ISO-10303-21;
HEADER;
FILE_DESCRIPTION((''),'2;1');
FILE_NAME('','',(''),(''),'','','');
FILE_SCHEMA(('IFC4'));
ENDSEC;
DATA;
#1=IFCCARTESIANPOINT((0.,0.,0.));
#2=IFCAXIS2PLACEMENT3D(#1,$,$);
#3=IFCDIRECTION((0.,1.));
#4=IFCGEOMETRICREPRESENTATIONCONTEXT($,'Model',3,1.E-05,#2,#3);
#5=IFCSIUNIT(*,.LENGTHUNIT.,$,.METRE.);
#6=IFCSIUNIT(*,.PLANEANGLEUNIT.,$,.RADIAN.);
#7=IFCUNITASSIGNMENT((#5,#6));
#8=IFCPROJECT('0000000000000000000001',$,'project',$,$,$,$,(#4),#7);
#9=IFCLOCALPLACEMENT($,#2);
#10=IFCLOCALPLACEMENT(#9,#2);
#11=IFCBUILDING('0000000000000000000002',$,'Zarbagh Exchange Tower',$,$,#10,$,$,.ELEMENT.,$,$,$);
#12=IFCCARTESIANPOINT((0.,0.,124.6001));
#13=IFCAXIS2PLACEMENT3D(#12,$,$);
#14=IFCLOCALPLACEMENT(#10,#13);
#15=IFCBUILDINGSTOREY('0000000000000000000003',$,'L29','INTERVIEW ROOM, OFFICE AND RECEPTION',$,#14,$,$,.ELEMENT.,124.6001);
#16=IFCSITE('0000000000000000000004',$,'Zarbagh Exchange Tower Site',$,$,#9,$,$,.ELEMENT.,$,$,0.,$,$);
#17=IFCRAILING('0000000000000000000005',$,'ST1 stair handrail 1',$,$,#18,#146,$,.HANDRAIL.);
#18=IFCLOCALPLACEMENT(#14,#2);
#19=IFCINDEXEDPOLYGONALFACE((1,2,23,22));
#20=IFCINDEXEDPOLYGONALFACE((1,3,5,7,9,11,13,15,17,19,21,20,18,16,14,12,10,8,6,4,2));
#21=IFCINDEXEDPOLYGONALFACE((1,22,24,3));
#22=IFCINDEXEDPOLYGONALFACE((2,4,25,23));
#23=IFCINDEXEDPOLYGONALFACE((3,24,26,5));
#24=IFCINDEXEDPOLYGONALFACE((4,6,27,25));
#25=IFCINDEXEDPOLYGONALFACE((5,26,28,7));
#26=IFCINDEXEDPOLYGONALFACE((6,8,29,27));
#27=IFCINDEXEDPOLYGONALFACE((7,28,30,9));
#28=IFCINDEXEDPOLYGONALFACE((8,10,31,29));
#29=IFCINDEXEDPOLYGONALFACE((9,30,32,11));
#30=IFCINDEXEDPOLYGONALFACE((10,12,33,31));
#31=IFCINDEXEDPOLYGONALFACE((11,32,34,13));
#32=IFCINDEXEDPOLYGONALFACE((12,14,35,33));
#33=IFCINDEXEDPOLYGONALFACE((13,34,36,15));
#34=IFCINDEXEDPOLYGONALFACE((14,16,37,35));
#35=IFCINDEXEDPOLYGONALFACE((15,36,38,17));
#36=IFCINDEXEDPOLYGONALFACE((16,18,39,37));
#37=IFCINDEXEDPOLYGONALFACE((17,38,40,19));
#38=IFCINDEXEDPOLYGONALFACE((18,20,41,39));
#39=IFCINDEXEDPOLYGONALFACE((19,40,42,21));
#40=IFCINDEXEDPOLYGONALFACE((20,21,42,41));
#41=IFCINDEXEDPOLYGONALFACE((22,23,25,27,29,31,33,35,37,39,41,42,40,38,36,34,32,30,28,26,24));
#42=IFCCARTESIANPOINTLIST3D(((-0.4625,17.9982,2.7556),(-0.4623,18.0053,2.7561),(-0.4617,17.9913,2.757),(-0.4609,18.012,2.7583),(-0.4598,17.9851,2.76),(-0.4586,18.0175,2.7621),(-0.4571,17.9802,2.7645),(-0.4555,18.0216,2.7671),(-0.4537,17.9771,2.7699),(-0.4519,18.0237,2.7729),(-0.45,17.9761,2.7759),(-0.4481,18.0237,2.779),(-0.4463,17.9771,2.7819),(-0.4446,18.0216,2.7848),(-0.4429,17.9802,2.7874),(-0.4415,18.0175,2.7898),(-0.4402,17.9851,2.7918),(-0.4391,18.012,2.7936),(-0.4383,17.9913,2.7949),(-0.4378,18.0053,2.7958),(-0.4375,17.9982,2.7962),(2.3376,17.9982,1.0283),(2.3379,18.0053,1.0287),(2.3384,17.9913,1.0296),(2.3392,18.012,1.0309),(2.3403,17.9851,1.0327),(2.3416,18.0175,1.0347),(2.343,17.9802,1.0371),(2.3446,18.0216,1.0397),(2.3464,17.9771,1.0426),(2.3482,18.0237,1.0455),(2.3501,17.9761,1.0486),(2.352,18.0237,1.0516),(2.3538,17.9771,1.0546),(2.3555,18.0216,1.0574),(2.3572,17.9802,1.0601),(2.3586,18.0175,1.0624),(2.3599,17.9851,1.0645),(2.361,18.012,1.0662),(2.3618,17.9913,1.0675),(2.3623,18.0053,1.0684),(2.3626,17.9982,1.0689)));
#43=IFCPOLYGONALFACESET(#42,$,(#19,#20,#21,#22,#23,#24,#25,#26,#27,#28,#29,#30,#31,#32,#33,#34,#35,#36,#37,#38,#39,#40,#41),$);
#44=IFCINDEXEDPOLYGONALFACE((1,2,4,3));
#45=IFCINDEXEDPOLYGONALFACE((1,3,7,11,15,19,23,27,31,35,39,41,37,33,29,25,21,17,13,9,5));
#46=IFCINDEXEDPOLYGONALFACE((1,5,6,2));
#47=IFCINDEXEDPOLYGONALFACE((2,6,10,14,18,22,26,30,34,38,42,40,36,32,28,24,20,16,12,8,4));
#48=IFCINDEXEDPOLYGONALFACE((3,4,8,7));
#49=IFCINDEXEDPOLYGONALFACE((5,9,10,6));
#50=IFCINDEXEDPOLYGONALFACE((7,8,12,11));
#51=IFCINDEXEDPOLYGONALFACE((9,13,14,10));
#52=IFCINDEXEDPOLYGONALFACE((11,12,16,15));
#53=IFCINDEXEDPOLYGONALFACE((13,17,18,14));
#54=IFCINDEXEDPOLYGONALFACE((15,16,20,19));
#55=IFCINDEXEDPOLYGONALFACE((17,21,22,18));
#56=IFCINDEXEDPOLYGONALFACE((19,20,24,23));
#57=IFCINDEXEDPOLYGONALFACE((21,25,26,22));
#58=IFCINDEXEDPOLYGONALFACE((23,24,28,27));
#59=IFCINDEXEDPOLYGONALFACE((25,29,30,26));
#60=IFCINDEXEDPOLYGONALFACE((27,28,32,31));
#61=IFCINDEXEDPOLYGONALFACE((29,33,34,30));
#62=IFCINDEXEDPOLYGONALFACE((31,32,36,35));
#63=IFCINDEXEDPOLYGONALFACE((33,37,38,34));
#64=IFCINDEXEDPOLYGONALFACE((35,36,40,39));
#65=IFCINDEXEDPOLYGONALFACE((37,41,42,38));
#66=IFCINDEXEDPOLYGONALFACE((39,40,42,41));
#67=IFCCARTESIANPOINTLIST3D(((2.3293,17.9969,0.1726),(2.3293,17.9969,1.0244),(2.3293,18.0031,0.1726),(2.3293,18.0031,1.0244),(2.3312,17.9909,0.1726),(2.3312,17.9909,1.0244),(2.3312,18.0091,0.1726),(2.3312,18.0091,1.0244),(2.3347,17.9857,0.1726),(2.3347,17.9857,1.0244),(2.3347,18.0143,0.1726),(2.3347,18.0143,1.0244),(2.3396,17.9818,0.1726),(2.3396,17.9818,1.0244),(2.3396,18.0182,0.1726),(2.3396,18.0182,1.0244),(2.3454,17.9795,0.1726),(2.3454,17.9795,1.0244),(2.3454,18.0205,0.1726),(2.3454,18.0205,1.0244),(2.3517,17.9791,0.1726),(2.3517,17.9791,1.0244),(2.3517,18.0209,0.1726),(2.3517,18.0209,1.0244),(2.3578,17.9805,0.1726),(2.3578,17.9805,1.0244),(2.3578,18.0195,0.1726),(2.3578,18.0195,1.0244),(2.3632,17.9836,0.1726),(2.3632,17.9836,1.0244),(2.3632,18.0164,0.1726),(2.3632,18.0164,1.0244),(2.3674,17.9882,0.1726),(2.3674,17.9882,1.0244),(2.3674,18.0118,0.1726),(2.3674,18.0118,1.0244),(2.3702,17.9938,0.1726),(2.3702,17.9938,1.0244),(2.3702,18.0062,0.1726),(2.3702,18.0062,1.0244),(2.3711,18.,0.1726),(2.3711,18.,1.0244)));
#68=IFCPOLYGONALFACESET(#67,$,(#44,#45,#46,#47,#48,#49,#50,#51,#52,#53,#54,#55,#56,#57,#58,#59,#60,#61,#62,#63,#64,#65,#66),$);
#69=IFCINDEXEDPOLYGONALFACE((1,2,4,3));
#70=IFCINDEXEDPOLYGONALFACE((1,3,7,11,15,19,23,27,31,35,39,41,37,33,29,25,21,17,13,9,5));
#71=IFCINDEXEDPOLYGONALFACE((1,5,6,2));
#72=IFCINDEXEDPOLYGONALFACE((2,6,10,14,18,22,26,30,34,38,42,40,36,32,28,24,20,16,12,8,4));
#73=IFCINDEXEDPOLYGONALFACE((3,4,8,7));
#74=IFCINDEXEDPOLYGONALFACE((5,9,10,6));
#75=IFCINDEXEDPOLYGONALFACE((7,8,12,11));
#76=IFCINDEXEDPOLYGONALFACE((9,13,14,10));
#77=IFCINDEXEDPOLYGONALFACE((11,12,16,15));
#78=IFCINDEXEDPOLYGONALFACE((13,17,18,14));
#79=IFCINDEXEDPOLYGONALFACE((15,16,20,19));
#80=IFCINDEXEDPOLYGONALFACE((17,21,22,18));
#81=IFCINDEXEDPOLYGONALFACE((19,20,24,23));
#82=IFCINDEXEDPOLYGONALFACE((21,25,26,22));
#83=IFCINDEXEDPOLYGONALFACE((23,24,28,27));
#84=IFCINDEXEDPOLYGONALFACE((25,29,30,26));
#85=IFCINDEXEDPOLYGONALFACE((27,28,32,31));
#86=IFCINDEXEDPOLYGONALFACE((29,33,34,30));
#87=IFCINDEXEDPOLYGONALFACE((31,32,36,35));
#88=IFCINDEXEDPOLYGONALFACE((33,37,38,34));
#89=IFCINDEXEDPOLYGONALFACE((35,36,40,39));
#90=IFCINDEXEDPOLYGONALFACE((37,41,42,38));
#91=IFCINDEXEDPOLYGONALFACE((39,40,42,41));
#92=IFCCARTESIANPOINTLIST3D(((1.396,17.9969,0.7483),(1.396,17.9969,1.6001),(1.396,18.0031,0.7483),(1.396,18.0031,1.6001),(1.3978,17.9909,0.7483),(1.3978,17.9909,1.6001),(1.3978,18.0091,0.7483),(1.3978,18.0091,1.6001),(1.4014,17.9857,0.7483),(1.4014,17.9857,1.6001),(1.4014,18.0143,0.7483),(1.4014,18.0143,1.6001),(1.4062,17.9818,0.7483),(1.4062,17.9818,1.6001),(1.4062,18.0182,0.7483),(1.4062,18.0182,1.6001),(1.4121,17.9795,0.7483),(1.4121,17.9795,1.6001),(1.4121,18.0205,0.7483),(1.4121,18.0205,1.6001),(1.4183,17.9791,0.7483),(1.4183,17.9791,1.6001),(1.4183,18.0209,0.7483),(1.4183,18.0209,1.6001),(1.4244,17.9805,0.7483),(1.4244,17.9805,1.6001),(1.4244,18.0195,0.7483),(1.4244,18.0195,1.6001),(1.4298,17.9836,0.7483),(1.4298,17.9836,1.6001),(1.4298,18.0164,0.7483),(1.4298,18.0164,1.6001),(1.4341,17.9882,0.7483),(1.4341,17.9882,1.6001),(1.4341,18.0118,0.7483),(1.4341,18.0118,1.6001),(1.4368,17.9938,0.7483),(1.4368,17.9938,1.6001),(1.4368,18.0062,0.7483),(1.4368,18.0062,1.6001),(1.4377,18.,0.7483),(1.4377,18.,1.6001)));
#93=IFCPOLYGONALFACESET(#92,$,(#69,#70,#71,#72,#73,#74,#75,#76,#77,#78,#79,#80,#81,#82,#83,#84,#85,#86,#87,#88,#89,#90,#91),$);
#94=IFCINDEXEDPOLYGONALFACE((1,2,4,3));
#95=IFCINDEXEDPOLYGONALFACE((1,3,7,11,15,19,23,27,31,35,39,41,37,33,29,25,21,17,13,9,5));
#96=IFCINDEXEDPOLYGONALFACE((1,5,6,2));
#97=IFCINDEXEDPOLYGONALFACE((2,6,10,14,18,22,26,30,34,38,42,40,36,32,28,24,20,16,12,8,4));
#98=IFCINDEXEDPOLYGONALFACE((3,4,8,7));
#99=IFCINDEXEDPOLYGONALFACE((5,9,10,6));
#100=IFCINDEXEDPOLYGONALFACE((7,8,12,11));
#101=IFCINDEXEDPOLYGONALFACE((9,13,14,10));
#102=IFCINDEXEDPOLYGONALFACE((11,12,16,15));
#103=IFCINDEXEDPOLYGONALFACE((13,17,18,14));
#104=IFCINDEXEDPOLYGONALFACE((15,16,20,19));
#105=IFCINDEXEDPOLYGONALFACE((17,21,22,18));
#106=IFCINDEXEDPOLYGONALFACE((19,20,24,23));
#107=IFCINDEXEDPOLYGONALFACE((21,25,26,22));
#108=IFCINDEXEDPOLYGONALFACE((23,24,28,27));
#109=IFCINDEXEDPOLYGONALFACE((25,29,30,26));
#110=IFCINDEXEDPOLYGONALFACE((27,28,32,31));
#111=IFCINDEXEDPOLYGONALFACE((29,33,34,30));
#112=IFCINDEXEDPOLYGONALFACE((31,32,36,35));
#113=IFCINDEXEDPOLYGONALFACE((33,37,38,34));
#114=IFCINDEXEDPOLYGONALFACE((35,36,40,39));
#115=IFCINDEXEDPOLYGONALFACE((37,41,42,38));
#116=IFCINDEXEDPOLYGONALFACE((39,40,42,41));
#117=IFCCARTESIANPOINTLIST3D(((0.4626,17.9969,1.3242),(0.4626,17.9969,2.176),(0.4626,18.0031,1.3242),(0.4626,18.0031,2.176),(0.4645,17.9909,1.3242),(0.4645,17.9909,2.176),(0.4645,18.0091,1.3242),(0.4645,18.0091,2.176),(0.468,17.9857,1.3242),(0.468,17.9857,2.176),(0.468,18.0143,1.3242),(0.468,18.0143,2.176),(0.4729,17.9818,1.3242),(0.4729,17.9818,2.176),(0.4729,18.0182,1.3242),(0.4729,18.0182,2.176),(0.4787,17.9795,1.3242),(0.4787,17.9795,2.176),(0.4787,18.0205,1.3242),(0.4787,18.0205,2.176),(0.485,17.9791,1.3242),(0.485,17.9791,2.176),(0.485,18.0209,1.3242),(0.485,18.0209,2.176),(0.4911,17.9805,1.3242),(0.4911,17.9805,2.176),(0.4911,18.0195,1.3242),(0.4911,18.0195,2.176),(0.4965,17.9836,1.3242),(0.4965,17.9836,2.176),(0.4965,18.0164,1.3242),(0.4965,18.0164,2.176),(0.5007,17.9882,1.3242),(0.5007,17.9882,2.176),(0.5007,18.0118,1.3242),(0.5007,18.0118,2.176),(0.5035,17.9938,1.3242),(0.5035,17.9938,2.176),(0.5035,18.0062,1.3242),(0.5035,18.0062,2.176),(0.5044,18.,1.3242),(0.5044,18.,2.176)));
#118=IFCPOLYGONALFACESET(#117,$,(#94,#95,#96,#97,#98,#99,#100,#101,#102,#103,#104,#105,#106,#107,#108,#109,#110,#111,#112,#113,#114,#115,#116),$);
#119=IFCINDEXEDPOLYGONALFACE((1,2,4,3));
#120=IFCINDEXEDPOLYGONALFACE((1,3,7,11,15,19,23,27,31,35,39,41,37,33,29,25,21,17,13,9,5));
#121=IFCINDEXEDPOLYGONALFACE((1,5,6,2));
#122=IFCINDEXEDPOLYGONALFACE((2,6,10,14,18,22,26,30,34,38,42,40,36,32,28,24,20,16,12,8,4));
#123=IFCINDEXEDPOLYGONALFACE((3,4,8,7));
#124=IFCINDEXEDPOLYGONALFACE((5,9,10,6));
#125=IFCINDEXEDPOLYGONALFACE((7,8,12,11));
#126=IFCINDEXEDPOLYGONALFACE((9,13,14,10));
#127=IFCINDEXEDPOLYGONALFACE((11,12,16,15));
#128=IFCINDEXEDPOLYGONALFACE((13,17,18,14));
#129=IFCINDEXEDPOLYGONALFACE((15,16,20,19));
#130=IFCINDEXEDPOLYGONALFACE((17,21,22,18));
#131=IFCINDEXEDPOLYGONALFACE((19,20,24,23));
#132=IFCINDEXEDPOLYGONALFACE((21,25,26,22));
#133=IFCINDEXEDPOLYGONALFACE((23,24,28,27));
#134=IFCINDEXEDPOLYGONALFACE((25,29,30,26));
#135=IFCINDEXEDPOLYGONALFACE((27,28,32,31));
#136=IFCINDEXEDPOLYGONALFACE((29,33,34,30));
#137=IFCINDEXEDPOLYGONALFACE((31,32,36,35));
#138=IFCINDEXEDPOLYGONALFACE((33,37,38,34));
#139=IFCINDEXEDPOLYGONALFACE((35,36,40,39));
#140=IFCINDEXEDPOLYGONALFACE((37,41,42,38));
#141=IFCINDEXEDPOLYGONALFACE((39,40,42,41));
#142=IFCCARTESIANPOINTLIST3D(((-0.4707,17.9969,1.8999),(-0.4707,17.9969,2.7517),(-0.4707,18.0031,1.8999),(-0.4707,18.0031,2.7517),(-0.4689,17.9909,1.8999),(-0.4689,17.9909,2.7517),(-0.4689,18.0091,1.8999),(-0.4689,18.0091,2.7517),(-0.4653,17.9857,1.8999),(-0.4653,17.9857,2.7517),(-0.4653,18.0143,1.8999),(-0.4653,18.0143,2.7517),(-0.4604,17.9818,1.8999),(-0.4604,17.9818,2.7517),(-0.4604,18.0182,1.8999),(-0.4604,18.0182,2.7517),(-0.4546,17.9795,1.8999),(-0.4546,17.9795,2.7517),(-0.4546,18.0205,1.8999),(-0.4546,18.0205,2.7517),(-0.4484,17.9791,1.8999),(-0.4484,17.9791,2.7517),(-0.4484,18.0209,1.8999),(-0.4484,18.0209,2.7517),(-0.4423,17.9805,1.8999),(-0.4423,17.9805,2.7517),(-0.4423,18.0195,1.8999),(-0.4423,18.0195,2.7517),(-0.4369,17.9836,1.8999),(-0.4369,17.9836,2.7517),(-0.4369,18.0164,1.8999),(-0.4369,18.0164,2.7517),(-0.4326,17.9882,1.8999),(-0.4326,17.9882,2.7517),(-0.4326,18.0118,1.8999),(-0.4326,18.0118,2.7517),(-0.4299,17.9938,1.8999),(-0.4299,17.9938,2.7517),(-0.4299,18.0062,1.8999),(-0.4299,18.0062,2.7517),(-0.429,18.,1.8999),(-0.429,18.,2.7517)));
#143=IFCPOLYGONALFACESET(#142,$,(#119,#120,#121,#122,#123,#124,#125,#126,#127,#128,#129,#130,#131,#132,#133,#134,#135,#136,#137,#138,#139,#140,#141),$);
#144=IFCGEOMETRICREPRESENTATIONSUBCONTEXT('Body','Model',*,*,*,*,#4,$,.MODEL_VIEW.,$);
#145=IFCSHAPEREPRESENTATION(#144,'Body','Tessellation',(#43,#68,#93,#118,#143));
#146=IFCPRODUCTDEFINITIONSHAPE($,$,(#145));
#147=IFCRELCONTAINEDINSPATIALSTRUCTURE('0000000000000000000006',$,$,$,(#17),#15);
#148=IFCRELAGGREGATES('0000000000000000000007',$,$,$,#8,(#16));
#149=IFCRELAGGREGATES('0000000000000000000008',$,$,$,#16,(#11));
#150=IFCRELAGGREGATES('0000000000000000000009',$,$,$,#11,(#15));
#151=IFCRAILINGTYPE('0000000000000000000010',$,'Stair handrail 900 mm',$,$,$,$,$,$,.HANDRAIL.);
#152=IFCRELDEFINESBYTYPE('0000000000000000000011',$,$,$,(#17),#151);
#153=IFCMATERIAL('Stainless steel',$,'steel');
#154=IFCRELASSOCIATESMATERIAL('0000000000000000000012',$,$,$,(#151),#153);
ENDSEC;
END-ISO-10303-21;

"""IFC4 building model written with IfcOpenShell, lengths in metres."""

from ifc_helpers import new_model, si_unit, direction, frame, origin, origin_2d, place, context, subcontext, project, spatial, circle, extrude, material, type_object, element, save


model = new_model("IFC4")

# Units and contexts
model_context = context("Model", 3, precision=1e-05, world=origin(), true_north=direction((0.0, 1.0)))
body_context = subcontext(model_context, "Body", "Model", "MODEL_VIEW")
ifc_project = project(units=[si_unit("LENGTHUNIT", "METRE"), si_unit("PLANEANGLEUNIT", "RADIAN")], contexts=[model_context])

# Site, building, storey
site_placement = place(None, origin())
site = spatial("IfcSite", under=ifc_project, at=site_placement, Name="Zarbagh Exchange Tower Site", CompositionType="ELEMENT", RefElevation=0.0)
building_placement = place(site_placement, origin())
building = spatial("IfcBuilding", under=site, at=building_placement, Name="Zarbagh Exchange Tower", CompositionType="ELEMENT")
storey_placement = place(building_placement, frame((0.0, 0.0, 124.6001)))
storey = spatial("IfcBuildingStorey", under=building, at=storey_placement, Name="L29", Description="INTERVIEW ROOM, OFFICE AND RECEPTION", CompositionType="ELEMENT", Elevation=124.6001)

# Shared definitions
ifc_material_1 = material(Name="Stainless steel", Category="steel")

# Railing
railing_type = type_object("IfcRailingType", Name="Stair handrail 900 mm", PredefinedType="HANDRAIL", material=ifc_material_1)
railing_placement = place(storey_placement, frame((2.3501, 18.0, 0.1726)))
element("IfcRailing", 1, at=railing_placement, inside=storey, type_object=railing_type, Name="ST1 stair handrail 1", PredefinedType="HANDRAIL", context=body_context, shape_type="SweptSolid", body=[
    extrude(circle(Radius=0.0239, at=origin_2d()), frame((0.0, 0.0, 0.876), z_axis=(-0.85109, 0.0, 0.52502), x_axis=(0.0, -1.0, 0.0)), (0.0, 0.0, 1.0), 3.29),
    extrude(circle(Radius=0.021, at=origin_2d()), origin(), (0.0, 0.0, 1.0), 0.8518),
    extrude(circle(Radius=0.021, at=origin_2d()), frame((-0.9333, 0.0, 0.5757)), (0.0, 0.0, 1.0), 0.8518),
    extrude(circle(Radius=0.021, at=origin_2d()), frame((-1.8667, 0.0, 1.1516)), (0.0, 0.0, 1.0), 0.8518),
    extrude(circle(Radius=0.021, at=origin_2d()), frame((-2.8, 0.0, 1.7273)), (0.0, 0.0, 1.0), 0.8518),
])

save(model, "model.ifc")
